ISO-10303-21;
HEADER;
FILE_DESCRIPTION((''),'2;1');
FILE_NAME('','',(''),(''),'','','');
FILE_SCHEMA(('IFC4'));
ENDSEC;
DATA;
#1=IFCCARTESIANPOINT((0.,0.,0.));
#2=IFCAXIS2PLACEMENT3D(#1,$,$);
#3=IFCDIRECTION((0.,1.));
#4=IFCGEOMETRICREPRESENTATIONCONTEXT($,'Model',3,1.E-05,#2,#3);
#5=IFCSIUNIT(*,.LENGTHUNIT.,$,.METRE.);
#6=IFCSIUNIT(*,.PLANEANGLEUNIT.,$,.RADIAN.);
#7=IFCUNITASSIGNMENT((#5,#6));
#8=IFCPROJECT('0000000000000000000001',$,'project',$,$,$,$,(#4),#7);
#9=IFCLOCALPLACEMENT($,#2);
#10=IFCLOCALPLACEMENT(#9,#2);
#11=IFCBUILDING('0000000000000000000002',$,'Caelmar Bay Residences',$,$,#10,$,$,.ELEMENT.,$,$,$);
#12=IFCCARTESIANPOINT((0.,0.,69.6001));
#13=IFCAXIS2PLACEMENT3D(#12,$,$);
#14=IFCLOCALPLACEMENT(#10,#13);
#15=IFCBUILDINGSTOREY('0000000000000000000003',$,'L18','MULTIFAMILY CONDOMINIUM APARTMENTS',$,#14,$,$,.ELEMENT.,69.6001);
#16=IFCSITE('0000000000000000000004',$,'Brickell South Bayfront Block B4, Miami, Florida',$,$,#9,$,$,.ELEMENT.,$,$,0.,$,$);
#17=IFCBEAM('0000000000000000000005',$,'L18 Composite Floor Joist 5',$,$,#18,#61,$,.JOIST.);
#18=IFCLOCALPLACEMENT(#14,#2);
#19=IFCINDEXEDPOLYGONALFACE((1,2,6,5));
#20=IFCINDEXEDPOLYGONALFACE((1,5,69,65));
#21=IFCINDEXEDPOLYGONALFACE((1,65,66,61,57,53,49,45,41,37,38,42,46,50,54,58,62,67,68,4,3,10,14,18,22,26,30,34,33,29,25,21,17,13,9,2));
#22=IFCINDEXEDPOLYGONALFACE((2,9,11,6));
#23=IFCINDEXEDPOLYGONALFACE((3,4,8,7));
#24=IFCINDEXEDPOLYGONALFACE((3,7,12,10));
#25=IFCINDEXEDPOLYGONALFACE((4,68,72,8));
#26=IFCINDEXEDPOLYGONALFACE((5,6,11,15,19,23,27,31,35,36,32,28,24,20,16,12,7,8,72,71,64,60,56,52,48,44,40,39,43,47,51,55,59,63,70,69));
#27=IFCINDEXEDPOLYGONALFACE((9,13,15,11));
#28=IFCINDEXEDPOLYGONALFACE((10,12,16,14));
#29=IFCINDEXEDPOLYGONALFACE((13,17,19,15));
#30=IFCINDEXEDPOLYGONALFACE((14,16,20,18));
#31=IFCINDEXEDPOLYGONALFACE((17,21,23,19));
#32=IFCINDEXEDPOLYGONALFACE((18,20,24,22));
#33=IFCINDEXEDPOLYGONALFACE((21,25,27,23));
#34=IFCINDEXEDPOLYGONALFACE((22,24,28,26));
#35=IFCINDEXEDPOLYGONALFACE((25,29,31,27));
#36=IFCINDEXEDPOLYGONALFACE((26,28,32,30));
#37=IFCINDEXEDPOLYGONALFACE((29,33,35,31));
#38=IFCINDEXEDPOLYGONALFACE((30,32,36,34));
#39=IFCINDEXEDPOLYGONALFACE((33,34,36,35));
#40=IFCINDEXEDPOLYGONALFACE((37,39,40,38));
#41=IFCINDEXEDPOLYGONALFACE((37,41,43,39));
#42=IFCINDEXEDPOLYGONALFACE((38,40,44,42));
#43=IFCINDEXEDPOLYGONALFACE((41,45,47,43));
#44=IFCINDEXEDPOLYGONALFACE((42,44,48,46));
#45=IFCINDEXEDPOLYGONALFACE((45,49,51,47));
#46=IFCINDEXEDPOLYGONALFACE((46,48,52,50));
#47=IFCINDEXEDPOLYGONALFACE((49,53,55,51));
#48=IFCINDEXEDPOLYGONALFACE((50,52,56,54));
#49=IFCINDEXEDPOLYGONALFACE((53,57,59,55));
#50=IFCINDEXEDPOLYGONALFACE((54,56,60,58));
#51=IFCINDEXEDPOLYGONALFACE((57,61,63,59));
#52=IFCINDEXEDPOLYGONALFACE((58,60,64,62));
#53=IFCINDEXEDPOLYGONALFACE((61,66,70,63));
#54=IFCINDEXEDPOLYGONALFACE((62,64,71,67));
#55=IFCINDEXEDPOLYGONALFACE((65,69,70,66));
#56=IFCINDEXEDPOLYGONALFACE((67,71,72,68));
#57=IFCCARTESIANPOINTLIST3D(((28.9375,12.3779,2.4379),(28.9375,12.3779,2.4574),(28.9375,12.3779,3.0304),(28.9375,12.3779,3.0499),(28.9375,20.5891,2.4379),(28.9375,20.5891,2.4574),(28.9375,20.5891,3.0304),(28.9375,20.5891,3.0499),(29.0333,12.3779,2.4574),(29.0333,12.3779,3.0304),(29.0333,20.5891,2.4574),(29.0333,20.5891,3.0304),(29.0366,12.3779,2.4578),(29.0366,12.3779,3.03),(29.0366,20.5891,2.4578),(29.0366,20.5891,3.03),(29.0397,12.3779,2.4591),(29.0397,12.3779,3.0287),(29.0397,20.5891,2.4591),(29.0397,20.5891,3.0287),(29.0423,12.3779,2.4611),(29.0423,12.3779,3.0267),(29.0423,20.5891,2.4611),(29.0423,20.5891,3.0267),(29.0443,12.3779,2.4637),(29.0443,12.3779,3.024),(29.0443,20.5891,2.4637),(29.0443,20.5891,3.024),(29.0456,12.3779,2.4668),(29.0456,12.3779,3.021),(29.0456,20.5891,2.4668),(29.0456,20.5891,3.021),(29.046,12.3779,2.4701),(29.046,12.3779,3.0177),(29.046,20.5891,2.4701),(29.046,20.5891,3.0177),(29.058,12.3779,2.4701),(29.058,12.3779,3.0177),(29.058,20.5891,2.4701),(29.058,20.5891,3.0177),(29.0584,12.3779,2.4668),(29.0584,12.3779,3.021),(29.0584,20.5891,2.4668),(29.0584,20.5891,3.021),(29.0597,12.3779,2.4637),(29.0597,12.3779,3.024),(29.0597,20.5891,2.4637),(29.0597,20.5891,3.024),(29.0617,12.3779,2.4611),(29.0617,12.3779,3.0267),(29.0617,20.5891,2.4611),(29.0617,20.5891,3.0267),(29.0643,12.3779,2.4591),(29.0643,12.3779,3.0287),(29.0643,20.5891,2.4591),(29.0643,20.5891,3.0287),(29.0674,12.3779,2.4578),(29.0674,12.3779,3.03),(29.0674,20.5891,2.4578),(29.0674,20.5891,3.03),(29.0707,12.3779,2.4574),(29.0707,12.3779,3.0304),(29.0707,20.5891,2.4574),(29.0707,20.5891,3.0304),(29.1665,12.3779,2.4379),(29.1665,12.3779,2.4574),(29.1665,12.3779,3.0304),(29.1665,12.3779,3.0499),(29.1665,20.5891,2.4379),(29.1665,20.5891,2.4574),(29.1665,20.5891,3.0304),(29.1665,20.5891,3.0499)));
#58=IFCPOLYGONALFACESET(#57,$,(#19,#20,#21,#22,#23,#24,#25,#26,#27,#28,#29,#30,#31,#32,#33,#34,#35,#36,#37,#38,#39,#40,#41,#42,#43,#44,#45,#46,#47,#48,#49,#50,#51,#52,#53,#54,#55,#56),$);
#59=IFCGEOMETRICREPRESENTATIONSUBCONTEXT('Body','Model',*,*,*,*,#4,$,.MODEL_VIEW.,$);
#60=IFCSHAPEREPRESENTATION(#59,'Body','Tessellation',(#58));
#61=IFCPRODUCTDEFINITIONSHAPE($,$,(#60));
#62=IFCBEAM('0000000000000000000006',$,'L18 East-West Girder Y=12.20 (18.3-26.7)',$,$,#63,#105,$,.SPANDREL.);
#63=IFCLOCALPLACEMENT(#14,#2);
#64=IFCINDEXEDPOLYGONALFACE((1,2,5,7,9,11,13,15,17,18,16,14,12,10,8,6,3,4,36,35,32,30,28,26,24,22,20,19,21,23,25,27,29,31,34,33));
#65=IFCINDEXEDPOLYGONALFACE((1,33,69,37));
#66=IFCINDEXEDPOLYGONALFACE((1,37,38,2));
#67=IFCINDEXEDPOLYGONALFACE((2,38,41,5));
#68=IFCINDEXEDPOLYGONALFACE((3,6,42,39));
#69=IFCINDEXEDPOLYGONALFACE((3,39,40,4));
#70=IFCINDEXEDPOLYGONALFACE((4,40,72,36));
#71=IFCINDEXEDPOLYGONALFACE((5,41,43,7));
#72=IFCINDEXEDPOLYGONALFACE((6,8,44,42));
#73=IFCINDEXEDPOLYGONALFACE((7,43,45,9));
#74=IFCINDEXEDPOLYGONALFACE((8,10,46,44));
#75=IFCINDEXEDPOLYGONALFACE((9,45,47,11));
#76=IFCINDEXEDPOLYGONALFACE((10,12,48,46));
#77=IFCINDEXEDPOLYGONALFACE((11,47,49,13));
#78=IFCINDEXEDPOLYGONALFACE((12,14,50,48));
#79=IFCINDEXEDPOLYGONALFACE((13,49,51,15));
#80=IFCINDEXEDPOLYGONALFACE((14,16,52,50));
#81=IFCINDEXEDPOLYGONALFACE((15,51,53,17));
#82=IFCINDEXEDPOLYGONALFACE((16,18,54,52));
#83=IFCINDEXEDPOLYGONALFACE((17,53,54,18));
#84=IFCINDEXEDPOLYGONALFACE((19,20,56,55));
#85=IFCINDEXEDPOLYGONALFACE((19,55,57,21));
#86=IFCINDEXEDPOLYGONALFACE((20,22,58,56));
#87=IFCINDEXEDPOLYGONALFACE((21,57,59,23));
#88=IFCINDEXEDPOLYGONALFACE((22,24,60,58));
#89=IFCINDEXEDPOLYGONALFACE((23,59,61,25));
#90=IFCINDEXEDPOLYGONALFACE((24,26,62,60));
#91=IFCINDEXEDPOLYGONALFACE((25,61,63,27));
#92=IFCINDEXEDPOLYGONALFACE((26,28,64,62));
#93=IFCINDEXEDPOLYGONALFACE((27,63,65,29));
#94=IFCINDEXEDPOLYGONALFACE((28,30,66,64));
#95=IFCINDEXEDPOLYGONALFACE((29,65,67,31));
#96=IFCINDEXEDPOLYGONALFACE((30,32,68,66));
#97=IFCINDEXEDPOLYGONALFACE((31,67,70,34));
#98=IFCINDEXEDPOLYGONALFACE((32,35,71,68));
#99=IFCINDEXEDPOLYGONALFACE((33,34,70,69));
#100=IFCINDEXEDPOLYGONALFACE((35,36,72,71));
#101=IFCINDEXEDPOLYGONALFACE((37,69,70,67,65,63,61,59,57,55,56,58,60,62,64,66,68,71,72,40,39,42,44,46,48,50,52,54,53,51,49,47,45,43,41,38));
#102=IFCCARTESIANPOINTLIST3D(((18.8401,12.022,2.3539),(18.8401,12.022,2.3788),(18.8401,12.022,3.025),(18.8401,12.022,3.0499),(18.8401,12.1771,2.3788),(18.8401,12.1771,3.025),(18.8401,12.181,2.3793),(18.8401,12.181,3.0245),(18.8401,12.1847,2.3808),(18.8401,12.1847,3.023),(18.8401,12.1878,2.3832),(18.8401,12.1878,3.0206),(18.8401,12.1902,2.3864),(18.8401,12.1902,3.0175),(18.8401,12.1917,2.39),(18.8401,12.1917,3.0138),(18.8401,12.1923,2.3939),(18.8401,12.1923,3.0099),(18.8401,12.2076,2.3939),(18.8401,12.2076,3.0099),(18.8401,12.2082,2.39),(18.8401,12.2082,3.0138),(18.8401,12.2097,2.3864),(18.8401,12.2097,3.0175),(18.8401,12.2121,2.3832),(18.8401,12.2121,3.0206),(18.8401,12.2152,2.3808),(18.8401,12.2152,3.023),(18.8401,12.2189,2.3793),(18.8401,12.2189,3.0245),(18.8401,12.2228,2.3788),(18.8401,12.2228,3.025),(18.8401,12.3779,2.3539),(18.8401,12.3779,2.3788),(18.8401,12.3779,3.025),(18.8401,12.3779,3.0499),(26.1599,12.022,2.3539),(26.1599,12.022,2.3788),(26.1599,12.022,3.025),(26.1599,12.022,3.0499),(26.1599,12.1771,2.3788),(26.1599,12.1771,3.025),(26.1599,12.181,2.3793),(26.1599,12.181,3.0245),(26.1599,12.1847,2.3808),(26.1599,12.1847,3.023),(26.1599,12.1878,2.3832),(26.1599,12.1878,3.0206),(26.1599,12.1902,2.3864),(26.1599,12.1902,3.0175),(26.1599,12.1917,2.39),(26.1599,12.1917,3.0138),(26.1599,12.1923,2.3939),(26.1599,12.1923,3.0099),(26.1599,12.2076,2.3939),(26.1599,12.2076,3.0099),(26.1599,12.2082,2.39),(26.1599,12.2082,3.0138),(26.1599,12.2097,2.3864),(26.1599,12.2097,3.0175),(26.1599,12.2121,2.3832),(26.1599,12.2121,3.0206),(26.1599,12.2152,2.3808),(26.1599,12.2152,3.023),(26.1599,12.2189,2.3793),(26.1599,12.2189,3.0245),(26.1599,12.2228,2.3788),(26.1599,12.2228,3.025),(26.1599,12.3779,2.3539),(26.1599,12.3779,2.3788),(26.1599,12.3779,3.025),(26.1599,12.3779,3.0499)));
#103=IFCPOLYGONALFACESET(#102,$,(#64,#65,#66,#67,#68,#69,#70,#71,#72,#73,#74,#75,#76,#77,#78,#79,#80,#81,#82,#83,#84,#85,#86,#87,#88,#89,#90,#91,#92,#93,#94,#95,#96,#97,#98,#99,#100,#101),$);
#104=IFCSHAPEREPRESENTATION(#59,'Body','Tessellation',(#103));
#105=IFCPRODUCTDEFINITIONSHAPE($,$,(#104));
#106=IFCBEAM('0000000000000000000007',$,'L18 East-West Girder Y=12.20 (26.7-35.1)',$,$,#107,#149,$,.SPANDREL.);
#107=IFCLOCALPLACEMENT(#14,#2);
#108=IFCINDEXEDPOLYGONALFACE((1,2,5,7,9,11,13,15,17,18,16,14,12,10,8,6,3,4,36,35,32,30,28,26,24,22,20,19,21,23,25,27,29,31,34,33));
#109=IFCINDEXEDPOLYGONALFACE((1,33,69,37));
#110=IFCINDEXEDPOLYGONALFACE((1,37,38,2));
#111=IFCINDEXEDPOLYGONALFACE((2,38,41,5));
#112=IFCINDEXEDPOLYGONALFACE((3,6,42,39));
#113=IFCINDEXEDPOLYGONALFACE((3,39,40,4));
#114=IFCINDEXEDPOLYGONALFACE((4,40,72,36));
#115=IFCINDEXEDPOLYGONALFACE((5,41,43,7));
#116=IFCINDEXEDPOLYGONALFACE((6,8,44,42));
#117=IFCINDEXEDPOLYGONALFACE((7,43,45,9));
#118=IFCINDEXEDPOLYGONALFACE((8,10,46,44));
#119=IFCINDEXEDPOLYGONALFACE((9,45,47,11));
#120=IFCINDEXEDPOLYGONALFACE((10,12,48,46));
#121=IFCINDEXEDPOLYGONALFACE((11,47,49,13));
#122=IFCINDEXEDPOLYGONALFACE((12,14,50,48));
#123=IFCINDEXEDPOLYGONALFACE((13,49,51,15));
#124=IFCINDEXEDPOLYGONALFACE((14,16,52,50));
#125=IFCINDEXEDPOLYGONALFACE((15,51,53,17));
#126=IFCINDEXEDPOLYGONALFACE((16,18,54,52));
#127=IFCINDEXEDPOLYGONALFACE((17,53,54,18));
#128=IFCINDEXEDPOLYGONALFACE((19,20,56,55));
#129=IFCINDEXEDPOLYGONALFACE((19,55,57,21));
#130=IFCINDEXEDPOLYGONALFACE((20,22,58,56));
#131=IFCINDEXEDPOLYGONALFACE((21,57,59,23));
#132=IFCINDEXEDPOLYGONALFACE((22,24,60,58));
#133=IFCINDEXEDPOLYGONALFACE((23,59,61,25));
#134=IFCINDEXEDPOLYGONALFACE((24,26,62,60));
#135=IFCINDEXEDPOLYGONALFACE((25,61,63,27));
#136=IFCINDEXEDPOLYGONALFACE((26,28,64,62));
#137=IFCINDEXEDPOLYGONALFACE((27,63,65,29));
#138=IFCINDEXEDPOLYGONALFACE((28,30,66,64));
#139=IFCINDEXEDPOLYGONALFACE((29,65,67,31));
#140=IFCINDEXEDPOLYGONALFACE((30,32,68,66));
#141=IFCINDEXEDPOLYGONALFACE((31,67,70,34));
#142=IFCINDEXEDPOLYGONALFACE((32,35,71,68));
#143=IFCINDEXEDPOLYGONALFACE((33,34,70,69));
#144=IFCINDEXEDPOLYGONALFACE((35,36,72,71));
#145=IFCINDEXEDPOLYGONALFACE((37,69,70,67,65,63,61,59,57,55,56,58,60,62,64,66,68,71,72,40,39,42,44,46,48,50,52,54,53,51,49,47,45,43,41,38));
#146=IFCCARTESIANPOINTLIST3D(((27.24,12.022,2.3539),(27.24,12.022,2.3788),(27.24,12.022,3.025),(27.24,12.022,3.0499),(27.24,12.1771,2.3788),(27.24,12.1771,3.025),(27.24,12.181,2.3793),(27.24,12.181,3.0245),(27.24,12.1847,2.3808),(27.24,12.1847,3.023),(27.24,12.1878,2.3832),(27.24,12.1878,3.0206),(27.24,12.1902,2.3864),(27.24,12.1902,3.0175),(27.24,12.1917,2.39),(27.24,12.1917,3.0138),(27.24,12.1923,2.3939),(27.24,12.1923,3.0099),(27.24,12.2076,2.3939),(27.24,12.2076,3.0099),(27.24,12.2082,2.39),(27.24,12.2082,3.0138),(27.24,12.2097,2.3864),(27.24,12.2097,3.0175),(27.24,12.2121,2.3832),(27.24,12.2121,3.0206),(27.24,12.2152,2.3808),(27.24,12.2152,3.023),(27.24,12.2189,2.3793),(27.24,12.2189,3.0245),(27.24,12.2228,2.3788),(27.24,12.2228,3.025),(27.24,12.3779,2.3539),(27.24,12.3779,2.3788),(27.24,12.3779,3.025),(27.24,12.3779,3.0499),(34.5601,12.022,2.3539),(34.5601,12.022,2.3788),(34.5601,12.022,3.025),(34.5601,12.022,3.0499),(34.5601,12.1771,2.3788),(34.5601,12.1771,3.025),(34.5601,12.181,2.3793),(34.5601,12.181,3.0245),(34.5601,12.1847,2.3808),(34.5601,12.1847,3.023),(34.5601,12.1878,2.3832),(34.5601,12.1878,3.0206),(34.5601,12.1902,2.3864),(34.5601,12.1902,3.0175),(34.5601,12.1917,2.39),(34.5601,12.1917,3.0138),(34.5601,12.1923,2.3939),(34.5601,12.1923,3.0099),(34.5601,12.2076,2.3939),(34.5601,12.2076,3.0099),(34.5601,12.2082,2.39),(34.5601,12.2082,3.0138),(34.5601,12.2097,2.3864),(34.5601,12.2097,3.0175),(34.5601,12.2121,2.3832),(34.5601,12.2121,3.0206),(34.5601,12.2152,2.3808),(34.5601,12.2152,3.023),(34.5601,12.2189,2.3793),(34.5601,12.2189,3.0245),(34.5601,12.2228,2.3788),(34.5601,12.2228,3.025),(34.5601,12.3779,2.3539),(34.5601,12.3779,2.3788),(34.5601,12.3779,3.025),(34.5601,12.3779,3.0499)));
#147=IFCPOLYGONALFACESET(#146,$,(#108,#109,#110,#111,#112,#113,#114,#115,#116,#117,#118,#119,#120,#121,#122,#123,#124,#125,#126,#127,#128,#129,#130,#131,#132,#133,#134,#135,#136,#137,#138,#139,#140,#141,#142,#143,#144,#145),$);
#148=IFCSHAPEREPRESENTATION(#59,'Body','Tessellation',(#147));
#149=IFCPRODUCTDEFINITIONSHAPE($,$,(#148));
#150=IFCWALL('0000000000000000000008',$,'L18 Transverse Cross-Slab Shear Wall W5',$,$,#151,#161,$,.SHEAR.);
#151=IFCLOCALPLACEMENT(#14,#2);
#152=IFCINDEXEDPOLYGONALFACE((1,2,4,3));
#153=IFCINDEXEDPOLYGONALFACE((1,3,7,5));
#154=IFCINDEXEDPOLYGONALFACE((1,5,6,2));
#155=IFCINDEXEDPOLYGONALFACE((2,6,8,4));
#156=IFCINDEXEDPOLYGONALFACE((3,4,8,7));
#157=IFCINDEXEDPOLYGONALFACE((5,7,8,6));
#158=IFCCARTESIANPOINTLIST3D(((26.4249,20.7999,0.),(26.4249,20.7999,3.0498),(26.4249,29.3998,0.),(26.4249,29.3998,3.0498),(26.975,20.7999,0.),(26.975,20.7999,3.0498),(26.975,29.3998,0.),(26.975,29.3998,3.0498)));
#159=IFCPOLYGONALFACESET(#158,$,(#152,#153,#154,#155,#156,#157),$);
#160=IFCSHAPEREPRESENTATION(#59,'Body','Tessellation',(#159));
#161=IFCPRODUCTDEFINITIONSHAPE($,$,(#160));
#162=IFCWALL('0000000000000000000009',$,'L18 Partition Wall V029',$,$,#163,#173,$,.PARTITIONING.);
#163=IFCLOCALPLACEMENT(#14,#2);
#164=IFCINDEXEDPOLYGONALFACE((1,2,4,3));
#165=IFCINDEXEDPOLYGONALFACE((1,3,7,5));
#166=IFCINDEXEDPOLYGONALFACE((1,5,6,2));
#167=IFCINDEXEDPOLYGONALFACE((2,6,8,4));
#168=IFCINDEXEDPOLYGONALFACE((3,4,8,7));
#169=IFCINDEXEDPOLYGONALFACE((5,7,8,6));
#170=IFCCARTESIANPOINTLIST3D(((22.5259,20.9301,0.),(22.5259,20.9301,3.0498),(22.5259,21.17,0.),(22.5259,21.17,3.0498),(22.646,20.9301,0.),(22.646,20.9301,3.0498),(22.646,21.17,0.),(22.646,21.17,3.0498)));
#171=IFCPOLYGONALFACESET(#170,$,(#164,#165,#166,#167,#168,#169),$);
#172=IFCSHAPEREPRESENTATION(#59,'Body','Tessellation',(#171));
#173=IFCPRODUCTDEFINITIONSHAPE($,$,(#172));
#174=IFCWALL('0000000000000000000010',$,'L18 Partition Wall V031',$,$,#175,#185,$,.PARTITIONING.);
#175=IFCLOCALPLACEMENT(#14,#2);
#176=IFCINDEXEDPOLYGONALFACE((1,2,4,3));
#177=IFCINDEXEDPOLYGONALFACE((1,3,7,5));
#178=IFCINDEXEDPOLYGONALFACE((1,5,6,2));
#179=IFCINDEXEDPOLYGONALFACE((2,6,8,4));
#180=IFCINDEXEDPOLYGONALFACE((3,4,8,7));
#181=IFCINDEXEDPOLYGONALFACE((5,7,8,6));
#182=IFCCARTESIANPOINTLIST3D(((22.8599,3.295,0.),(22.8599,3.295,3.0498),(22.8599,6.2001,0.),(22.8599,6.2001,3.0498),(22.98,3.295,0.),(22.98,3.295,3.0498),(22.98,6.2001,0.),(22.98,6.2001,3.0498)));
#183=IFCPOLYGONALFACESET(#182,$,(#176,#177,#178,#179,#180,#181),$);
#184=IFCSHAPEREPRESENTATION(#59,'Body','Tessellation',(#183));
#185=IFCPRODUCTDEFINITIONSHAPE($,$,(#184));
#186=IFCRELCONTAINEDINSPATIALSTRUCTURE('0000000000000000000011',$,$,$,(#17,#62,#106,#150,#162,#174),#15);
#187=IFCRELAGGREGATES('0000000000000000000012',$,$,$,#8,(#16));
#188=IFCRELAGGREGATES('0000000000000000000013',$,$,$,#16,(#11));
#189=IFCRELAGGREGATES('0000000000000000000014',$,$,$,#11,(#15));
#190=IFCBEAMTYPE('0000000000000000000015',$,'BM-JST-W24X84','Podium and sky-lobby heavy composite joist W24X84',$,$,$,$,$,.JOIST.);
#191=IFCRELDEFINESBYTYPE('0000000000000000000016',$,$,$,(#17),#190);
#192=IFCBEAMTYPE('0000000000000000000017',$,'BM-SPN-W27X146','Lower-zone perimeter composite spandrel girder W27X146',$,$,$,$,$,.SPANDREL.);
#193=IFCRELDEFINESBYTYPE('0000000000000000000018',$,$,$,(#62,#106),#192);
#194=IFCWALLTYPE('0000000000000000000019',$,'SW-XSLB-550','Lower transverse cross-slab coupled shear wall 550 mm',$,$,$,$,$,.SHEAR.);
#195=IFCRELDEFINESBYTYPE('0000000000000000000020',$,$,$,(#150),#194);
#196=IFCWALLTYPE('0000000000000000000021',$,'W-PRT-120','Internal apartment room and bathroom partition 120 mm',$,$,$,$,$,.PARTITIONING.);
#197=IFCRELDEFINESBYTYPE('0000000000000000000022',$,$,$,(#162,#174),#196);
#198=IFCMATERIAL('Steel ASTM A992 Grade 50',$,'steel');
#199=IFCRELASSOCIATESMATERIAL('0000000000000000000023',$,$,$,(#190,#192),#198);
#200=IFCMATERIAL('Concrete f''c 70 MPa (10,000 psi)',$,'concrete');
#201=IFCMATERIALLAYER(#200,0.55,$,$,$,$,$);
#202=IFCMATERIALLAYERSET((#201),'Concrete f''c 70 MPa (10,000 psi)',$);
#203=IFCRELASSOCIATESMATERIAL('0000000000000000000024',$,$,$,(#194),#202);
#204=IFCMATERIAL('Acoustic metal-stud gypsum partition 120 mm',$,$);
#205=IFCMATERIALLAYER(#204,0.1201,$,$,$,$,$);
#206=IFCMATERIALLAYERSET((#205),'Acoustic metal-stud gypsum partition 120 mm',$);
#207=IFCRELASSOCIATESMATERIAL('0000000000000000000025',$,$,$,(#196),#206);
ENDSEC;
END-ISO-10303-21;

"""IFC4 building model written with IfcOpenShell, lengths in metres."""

from ifc_helpers import new_model, si_unit, direction, frame, frame_2d, origin, origin_2d, place, context, subcontext, project, spatial, rectangle, i_section, extrude, material, layer, layer_set, material_profile, profile_set, type_object, element, save


model = new_model("IFC4")

# Units and contexts
model_context = context("Model", 3, precision=1e-05, world=origin(), true_north=direction((0.0, 1.0)))
body_context = subcontext(model_context, "Body", "Model", "MODEL_VIEW")
ifc_project = project(units=[si_unit("LENGTHUNIT", "METRE"), si_unit("PLANEANGLEUNIT", "RADIAN")], contexts=[model_context])

# Site, building, storey
site_placement = place(None, origin())
site = spatial("IfcSite", under=ifc_project, at=site_placement, Name="Brickell South Bayfront Block B4, Miami, Florida", CompositionType="ELEMENT", RefElevation=0.0)
building_placement = place(site_placement, origin())
building = spatial("IfcBuilding", under=site, at=building_placement, Name="Caelmar Bay Residences", CompositionType="ELEMENT")
storey_placement = place(building_placement, frame((0.0, 0.0, 69.6001)))
storey = spatial("IfcBuildingStorey", under=building, at=storey_placement, Name="L18", Description="MULTIFAMILY CONDOMINIUM APARTMENTS", CompositionType="ELEMENT", Elevation=69.6001)

# Shared definitions
ifc_material_1 = material(Name="Concrete f'c 70 MPa (10,000 psi)", Category="concrete")

# Beams
ifc_material_2 = material(Name="Steel ASTM A992 Grade 50", Category="steel")
ifc_material_profile_1 = material_profile(ifc_material_2, i_section(OverallWidth=0.229, OverallDepth=0.6121, WebThickness=0.012, FlangeThickness=0.0195, FilletRadius=0.0127, at=origin_2d()), Name="W24X84")
ifc_profile_set_1 = profile_set([ifc_material_profile_1], Name="Steel ASTM A992 Grade 50")
beam_type_1 = type_object("IfcBeamType", Name="BM-JST-W24X84", Description="Podium and sky-lobby heavy composite joist W24X84", PredefinedType="JOIST", material=ifc_profile_set_1)
for number, where, z_axis, x_axis, name in (
    (1, (29.052, 12.3779, 2.7439), (0.0, 1.0, 0.0), (-1.0, 0.0, 0.0), "L18 Composite Floor Joist 5"),
):
    element("IfcBeam", number, at=place(storey_placement, frame(where, z_axis=z_axis, x_axis=x_axis)), inside=storey, type_object=beam_type_1, Name=name, PredefinedType="JOIST", context=body_context, shape_type="SweptSolid", body=[
        extrude(i_section(OverallWidth=0.229, OverallDepth=0.6121, WebThickness=0.012, FlangeThickness=0.0195, FilletRadius=0.0127, at=origin_2d()), origin(), (0.0, 0.0, 1.0), 8.2112),
    ])
ifc_material_profile_2 = material_profile(ifc_material_2, i_section(OverallWidth=0.356, OverallDepth=0.696, WebThickness=0.0154, FlangeThickness=0.0249, FilletRadius=0.0151, at=origin_2d()), Name="W27X146")
ifc_profile_set_2 = profile_set([ifc_material_profile_2], Name="Steel ASTM A992 Grade 50")
beam_type_2 = type_object("IfcBeamType", Name="BM-SPN-W27X146", Description="Lower-zone perimeter composite spandrel girder W27X146", PredefinedType="SPANDREL", material=ifc_profile_set_2)
beam_1_placement = place(storey_placement, frame((18.8401, 12.2, 2.7019), z_axis=(1.0, 0.0, 0.0), x_axis=(0.0, 1.0, 0.0)))
element("IfcBeam", 2, at=beam_1_placement, inside=storey, type_object=beam_type_2, Name="L18 East-West Girder Y=12.20 (18.3-26.7)", PredefinedType="SPANDREL", context=body_context, shape_type="SweptSolid", body=[
    extrude(i_section(OverallWidth=0.356, OverallDepth=0.696, WebThickness=0.0154, FlangeThickness=0.0249, FilletRadius=0.0151, at=origin_2d()), origin(), (0.0, 0.0, 1.0), 7.3198),
])
beam_2_placement = place(storey_placement, frame((27.24, 12.2, 2.7019), z_axis=(1.0, 0.0, 0.0), x_axis=(0.0, 1.0, 0.0)))
element("IfcBeam", 3, at=beam_2_placement, inside=storey, type_object=beam_type_2, Name="L18 East-West Girder Y=12.20 (26.7-35.1)", PredefinedType="SPANDREL", context=body_context, shape_type="SweptSolid", body=[
    extrude(i_section(OverallWidth=0.356, OverallDepth=0.696, WebThickness=0.0154, FlangeThickness=0.0249, FilletRadius=0.0151, at=origin_2d()), origin(), (0.0, 0.0, 1.0), 7.3201),
])

# Walls
ifc_layer_1 = layer(ifc_material_1, 0.55)
ifc_layer_set_1 = layer_set([ifc_layer_1], Name="Concrete f'c 70 MPa (10,000 psi)")
wall_type_1 = type_object("IfcWallType", Name="SW-XSLB-550", Description="Lower transverse cross-slab coupled shear wall 550 mm", PredefinedType="SHEAR", material=ifc_layer_set_1)
wall_1_placement = place(storey_placement, frame((26.7, 20.8, 0.0), z_axis=(0.0, 0.0, 1.0), x_axis=(0.0, 1.0, 0.0)))
element("IfcWall", 4, at=wall_1_placement, inside=storey, type_object=wall_type_1, Name="L18 Transverse Cross-Slab Shear Wall W5", PredefinedType="SHEAR", context=body_context, shape_type="SweptSolid", body=[
    extrude(rectangle(XDim=8.5999, YDim=0.55, at=frame_2d((4.2998, 0.0))), origin(), (0.0, 0.0, 1.0), 3.0498),
])
ifc_material_3 = material(Name="Acoustic metal-stud gypsum partition 120 mm")
ifc_layer_2 = layer(ifc_material_3, 0.1201)
ifc_layer_set_2 = layer_set([ifc_layer_2], Name="Acoustic metal-stud gypsum partition 120 mm")
wall_type_2 = type_object("IfcWallType", Name="W-PRT-120", Description="Internal apartment room and bathroom partition 120 mm", PredefinedType="PARTITIONING", material=ifc_layer_set_2)
wall_2_placement = place(storey_placement, frame((22.5859, 20.9299, 0.0), z_axis=(0.0, 0.0, 1.0), x_axis=(0.0, 1.0, 0.0)))
element("IfcWall", 5, at=wall_2_placement, inside=storey, type_object=wall_type_2, Name="L18 Partition Wall V029", PredefinedType="PARTITIONING", context=body_context, shape_type="SweptSolid", body=[
    extrude(rectangle(XDim=0.24, YDim=0.1201, at=frame_2d((0.1201, 0.0))), origin(), (0.0, 0.0, 1.0), 3.0498),
])
wall_3_placement = place(storey_placement, frame((22.9199, 3.2949, 0.0), z_axis=(0.0, 0.0, 1.0), x_axis=(0.0, 1.0, 0.0)))
element("IfcWall", 6, at=wall_3_placement, inside=storey, type_object=wall_type_2, Name="L18 Partition Wall V031", PredefinedType="PARTITIONING", context=body_context, shape_type="SweptSolid", body=[
    extrude(rectangle(XDim=2.905, YDim=0.1201, at=frame_2d((1.4526, 0.0))), origin(), (0.0, 0.0, 1.0), 3.0498),
])

save(model, "model.ifc")
